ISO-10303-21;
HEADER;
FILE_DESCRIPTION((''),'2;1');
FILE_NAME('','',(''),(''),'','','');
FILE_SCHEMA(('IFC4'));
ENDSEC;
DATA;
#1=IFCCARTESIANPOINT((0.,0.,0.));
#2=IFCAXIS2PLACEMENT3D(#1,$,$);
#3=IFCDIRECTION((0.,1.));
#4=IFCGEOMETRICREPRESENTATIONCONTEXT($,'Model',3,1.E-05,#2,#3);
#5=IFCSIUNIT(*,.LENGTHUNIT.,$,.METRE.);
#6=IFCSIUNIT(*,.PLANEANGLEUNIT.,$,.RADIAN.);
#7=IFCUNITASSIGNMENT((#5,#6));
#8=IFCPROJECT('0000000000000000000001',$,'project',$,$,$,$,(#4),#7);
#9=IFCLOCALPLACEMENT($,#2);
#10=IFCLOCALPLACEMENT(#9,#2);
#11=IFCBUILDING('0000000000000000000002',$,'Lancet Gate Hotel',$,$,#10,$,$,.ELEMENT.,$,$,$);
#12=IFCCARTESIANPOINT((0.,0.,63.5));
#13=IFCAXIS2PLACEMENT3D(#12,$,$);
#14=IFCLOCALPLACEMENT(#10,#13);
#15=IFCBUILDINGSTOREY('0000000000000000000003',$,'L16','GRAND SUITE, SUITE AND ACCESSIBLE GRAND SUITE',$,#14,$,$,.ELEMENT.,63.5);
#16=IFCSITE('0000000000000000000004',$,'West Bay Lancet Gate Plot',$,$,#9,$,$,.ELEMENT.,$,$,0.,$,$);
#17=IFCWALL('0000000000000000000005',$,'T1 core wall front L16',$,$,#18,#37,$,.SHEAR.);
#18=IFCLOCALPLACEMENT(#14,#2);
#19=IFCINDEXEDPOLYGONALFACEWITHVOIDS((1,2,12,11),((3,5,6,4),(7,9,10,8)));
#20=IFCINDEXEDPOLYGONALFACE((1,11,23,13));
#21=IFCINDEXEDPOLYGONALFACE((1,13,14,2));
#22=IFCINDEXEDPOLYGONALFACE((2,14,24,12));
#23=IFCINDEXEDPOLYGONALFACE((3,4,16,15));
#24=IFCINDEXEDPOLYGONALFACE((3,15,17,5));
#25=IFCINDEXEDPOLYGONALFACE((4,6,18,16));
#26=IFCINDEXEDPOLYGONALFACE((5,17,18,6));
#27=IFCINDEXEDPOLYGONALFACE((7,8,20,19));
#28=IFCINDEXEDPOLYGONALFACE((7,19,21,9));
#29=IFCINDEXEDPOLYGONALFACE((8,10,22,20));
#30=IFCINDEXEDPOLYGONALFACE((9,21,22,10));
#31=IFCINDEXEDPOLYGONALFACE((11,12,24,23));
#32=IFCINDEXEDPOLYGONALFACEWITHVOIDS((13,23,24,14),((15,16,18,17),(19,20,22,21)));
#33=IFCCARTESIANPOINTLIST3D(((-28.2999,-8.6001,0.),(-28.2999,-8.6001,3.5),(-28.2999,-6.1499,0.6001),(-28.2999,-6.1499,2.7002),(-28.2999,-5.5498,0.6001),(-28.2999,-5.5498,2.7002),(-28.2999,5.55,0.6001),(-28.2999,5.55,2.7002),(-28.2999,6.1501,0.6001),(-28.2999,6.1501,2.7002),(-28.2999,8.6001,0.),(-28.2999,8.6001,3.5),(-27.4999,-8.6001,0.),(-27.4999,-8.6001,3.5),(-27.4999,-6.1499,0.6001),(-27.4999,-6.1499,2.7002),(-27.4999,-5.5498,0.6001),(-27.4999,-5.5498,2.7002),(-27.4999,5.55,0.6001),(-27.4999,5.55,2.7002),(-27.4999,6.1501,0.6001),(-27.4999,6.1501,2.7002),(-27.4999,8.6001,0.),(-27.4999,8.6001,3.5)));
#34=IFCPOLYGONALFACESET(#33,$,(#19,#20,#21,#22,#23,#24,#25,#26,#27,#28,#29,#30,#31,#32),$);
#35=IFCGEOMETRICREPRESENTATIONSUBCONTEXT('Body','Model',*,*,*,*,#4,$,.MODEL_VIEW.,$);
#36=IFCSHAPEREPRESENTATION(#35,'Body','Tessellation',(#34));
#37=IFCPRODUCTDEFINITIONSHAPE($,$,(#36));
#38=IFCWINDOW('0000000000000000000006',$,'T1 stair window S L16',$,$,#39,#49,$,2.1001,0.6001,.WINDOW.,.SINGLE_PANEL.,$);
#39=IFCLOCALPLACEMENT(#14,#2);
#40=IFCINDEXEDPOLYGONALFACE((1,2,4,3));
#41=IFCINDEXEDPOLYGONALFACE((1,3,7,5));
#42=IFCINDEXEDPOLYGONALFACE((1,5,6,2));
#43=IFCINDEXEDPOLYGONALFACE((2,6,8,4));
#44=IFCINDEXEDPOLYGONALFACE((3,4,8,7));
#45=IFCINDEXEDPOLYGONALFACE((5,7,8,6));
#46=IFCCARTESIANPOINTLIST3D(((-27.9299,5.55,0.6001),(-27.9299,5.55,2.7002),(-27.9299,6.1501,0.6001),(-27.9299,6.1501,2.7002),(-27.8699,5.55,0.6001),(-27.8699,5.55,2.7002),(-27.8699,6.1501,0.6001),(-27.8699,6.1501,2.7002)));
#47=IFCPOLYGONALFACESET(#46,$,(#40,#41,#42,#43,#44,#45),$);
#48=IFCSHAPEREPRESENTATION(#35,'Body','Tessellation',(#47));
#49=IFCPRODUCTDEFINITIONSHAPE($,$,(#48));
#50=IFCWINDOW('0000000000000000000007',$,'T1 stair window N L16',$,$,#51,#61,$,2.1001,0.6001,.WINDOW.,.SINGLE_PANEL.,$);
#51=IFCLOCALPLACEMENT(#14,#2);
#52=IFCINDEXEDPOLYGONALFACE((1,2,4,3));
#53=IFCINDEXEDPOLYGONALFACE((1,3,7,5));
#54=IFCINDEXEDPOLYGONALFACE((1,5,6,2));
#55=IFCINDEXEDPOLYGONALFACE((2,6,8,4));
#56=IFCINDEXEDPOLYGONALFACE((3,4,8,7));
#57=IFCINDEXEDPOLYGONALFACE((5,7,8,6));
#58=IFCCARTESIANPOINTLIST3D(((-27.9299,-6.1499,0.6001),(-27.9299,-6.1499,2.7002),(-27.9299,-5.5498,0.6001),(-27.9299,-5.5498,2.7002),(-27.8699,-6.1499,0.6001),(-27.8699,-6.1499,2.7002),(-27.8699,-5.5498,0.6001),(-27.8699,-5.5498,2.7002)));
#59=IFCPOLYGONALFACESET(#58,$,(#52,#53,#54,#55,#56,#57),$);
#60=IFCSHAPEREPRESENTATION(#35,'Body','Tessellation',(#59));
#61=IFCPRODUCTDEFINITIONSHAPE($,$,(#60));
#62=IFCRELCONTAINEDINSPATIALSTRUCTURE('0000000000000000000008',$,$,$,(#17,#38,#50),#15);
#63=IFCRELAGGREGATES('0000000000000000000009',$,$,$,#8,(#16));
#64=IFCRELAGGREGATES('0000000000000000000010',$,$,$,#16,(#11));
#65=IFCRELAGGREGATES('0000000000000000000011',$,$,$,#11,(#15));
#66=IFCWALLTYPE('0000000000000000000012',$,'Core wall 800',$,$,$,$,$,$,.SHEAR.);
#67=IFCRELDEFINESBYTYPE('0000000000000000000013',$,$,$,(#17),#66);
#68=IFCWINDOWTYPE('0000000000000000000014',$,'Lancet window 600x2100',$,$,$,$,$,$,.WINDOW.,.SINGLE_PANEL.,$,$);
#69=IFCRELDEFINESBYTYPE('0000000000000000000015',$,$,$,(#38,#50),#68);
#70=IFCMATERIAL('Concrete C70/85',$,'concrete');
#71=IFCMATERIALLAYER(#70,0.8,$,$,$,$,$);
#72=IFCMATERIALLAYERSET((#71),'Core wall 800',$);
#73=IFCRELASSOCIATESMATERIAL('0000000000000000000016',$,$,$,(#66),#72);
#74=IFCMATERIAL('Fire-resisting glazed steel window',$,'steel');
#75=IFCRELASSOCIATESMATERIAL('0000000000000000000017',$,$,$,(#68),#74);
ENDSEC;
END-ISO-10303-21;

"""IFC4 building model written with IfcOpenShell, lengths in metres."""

from ifc_helpers import new_model, si_unit, direction, frame, frame_2d, origin, place, context, subcontext, project, spatial, rectangle, extrude, material, layer, layer_set, type_object, element, fill, save


model = new_model("IFC4")

# Units and contexts
model_context = context("Model", 3, precision=1e-05, world=origin(), true_north=direction((0.0, 1.0)))
body_context = subcontext(model_context, "Body", "Model", "MODEL_VIEW")
ifc_project = project(units=[si_unit("LENGTHUNIT", "METRE"), si_unit("PLANEANGLEUNIT", "RADIAN")], contexts=[model_context])

# Site, building, storey
site_placement = place(None, origin())
site = spatial("IfcSite", under=ifc_project, at=site_placement, Name="West Bay Lancet Gate Plot", CompositionType="ELEMENT", RefElevation=0.0)
building_placement = place(site_placement, origin())
building = spatial("IfcBuilding", under=site, at=building_placement, Name="Lancet Gate Hotel", CompositionType="ELEMENT")
storey_placement = place(building_placement, frame((0.0, 0.0, 63.5)))
storey = spatial("IfcBuildingStorey", under=building, at=storey_placement, Name="L16", Description="GRAND SUITE, SUITE AND ACCESSIBLE GRAND SUITE", CompositionType="ELEMENT", Elevation=63.5)

# Wall, openings, windows
ifc_material_1 = material(Name="Concrete C70/85", Category="concrete")
ifc_layer_1 = layer(ifc_material_1, 0.8)
ifc_layer_set_1 = layer_set([ifc_layer_1], Name="Core wall 800")
wall_type = type_object("IfcWallType", Name="Core wall 800", PredefinedType="SHEAR", material=ifc_layer_set_1)
wall_placement = place(storey_placement, frame((-27.8999, 8.6001, 0.0), z_axis=(0.0, 0.0, 1.0), x_axis=(0.0, -1.0, 0.0)))
wall = element("IfcWall", 1, at=wall_placement, inside=storey, type_object=wall_type, Name="T1 core wall front L16", PredefinedType="SHEAR", context=body_context, shape_type="SweptSolid", body=[
    extrude(rectangle(XDim=17.2002, YDim=0.8, at=frame_2d((8.6001, 0.0))), origin(), (0.0, 0.0, 1.0), 3.5),
])
opening_1_placement = place(wall_placement, frame((2.45, 0.0, 0.6001)))
opening_1 = element("IfcOpeningElement", 2, at=opening_1_placement, cuts=wall, PredefinedType="OPENING", context=body_context, shape_type="SweptSolid", body=[
    extrude(rectangle(XDim=0.6001, YDim=2.1001, at=frame_2d((0.3, 1.05))), frame((0.0, 0.4099, 0.0), z_axis=(0.0, -1.0, 0.0), x_axis=(1.0, 0.0, 0.0)), (0.0, 0.0, 1.0), 0.8201),
])
opening_2_placement = place(wall_placement, frame((14.1499, 0.0, 0.6001)))
opening_2 = element("IfcOpeningElement", 3, at=opening_2_placement, cuts=wall, PredefinedType="OPENING", context=body_context, shape_type="SweptSolid", body=[
    extrude(rectangle(XDim=0.6001, YDim=2.1001, at=frame_2d((0.3, 1.05))), frame((0.0, 0.4099, 0.0), z_axis=(0.0, -1.0, 0.0), x_axis=(1.0, 0.0, 0.0)), (0.0, 0.0, 1.0), 0.8201),
])
ifc_material_2 = material(Name="Fire-resisting glazed steel window", Category="steel")
window_type = type_object("IfcWindowType", Name="Lancet window 600x2100", PartitioningType="SINGLE_PANEL", PredefinedType="WINDOW", material=ifc_material_2)
window_1_placement = place(opening_1_placement, origin())
window_1 = element("IfcWindow", 4, at=window_1_placement, inside=storey, type_object=window_type, Name="T1 stair window S L16", OverallHeight=2.1001, OverallWidth=0.6001, PartitioningType="SINGLE_PANEL", PredefinedType="WINDOW", context=body_context, shape_type="SweptSolid", body=[
    extrude(rectangle(XDim=0.6001, YDim=2.1001, at=frame_2d((0.3, 1.05))), frame((0.0, 0.03, 0.0), z_axis=(0.0, -1.0, 0.0), x_axis=(1.0, 0.0, 0.0)), (0.0, 0.0, 1.0), 0.0601),
])
fill(opening_1, window_1)
window_2_placement = place(opening_2_placement, origin())
window_2 = element("IfcWindow", 5, at=window_2_placement, inside=storey, type_object=window_type, Name="T1 stair window N L16", OverallHeight=2.1001, OverallWidth=0.6001, PartitioningType="SINGLE_PANEL", PredefinedType="WINDOW", context=body_context, shape_type="SweptSolid", body=[
    extrude(rectangle(XDim=0.6001, YDim=2.1001, at=frame_2d((0.3, 1.05))), frame((0.0, 0.03, 0.0), z_axis=(0.0, -1.0, 0.0), x_axis=(1.0, 0.0, 0.0)), (0.0, 0.0, 1.0), 0.0601),
])
fill(opening_2, window_2)

save(model, "model.ifc")
